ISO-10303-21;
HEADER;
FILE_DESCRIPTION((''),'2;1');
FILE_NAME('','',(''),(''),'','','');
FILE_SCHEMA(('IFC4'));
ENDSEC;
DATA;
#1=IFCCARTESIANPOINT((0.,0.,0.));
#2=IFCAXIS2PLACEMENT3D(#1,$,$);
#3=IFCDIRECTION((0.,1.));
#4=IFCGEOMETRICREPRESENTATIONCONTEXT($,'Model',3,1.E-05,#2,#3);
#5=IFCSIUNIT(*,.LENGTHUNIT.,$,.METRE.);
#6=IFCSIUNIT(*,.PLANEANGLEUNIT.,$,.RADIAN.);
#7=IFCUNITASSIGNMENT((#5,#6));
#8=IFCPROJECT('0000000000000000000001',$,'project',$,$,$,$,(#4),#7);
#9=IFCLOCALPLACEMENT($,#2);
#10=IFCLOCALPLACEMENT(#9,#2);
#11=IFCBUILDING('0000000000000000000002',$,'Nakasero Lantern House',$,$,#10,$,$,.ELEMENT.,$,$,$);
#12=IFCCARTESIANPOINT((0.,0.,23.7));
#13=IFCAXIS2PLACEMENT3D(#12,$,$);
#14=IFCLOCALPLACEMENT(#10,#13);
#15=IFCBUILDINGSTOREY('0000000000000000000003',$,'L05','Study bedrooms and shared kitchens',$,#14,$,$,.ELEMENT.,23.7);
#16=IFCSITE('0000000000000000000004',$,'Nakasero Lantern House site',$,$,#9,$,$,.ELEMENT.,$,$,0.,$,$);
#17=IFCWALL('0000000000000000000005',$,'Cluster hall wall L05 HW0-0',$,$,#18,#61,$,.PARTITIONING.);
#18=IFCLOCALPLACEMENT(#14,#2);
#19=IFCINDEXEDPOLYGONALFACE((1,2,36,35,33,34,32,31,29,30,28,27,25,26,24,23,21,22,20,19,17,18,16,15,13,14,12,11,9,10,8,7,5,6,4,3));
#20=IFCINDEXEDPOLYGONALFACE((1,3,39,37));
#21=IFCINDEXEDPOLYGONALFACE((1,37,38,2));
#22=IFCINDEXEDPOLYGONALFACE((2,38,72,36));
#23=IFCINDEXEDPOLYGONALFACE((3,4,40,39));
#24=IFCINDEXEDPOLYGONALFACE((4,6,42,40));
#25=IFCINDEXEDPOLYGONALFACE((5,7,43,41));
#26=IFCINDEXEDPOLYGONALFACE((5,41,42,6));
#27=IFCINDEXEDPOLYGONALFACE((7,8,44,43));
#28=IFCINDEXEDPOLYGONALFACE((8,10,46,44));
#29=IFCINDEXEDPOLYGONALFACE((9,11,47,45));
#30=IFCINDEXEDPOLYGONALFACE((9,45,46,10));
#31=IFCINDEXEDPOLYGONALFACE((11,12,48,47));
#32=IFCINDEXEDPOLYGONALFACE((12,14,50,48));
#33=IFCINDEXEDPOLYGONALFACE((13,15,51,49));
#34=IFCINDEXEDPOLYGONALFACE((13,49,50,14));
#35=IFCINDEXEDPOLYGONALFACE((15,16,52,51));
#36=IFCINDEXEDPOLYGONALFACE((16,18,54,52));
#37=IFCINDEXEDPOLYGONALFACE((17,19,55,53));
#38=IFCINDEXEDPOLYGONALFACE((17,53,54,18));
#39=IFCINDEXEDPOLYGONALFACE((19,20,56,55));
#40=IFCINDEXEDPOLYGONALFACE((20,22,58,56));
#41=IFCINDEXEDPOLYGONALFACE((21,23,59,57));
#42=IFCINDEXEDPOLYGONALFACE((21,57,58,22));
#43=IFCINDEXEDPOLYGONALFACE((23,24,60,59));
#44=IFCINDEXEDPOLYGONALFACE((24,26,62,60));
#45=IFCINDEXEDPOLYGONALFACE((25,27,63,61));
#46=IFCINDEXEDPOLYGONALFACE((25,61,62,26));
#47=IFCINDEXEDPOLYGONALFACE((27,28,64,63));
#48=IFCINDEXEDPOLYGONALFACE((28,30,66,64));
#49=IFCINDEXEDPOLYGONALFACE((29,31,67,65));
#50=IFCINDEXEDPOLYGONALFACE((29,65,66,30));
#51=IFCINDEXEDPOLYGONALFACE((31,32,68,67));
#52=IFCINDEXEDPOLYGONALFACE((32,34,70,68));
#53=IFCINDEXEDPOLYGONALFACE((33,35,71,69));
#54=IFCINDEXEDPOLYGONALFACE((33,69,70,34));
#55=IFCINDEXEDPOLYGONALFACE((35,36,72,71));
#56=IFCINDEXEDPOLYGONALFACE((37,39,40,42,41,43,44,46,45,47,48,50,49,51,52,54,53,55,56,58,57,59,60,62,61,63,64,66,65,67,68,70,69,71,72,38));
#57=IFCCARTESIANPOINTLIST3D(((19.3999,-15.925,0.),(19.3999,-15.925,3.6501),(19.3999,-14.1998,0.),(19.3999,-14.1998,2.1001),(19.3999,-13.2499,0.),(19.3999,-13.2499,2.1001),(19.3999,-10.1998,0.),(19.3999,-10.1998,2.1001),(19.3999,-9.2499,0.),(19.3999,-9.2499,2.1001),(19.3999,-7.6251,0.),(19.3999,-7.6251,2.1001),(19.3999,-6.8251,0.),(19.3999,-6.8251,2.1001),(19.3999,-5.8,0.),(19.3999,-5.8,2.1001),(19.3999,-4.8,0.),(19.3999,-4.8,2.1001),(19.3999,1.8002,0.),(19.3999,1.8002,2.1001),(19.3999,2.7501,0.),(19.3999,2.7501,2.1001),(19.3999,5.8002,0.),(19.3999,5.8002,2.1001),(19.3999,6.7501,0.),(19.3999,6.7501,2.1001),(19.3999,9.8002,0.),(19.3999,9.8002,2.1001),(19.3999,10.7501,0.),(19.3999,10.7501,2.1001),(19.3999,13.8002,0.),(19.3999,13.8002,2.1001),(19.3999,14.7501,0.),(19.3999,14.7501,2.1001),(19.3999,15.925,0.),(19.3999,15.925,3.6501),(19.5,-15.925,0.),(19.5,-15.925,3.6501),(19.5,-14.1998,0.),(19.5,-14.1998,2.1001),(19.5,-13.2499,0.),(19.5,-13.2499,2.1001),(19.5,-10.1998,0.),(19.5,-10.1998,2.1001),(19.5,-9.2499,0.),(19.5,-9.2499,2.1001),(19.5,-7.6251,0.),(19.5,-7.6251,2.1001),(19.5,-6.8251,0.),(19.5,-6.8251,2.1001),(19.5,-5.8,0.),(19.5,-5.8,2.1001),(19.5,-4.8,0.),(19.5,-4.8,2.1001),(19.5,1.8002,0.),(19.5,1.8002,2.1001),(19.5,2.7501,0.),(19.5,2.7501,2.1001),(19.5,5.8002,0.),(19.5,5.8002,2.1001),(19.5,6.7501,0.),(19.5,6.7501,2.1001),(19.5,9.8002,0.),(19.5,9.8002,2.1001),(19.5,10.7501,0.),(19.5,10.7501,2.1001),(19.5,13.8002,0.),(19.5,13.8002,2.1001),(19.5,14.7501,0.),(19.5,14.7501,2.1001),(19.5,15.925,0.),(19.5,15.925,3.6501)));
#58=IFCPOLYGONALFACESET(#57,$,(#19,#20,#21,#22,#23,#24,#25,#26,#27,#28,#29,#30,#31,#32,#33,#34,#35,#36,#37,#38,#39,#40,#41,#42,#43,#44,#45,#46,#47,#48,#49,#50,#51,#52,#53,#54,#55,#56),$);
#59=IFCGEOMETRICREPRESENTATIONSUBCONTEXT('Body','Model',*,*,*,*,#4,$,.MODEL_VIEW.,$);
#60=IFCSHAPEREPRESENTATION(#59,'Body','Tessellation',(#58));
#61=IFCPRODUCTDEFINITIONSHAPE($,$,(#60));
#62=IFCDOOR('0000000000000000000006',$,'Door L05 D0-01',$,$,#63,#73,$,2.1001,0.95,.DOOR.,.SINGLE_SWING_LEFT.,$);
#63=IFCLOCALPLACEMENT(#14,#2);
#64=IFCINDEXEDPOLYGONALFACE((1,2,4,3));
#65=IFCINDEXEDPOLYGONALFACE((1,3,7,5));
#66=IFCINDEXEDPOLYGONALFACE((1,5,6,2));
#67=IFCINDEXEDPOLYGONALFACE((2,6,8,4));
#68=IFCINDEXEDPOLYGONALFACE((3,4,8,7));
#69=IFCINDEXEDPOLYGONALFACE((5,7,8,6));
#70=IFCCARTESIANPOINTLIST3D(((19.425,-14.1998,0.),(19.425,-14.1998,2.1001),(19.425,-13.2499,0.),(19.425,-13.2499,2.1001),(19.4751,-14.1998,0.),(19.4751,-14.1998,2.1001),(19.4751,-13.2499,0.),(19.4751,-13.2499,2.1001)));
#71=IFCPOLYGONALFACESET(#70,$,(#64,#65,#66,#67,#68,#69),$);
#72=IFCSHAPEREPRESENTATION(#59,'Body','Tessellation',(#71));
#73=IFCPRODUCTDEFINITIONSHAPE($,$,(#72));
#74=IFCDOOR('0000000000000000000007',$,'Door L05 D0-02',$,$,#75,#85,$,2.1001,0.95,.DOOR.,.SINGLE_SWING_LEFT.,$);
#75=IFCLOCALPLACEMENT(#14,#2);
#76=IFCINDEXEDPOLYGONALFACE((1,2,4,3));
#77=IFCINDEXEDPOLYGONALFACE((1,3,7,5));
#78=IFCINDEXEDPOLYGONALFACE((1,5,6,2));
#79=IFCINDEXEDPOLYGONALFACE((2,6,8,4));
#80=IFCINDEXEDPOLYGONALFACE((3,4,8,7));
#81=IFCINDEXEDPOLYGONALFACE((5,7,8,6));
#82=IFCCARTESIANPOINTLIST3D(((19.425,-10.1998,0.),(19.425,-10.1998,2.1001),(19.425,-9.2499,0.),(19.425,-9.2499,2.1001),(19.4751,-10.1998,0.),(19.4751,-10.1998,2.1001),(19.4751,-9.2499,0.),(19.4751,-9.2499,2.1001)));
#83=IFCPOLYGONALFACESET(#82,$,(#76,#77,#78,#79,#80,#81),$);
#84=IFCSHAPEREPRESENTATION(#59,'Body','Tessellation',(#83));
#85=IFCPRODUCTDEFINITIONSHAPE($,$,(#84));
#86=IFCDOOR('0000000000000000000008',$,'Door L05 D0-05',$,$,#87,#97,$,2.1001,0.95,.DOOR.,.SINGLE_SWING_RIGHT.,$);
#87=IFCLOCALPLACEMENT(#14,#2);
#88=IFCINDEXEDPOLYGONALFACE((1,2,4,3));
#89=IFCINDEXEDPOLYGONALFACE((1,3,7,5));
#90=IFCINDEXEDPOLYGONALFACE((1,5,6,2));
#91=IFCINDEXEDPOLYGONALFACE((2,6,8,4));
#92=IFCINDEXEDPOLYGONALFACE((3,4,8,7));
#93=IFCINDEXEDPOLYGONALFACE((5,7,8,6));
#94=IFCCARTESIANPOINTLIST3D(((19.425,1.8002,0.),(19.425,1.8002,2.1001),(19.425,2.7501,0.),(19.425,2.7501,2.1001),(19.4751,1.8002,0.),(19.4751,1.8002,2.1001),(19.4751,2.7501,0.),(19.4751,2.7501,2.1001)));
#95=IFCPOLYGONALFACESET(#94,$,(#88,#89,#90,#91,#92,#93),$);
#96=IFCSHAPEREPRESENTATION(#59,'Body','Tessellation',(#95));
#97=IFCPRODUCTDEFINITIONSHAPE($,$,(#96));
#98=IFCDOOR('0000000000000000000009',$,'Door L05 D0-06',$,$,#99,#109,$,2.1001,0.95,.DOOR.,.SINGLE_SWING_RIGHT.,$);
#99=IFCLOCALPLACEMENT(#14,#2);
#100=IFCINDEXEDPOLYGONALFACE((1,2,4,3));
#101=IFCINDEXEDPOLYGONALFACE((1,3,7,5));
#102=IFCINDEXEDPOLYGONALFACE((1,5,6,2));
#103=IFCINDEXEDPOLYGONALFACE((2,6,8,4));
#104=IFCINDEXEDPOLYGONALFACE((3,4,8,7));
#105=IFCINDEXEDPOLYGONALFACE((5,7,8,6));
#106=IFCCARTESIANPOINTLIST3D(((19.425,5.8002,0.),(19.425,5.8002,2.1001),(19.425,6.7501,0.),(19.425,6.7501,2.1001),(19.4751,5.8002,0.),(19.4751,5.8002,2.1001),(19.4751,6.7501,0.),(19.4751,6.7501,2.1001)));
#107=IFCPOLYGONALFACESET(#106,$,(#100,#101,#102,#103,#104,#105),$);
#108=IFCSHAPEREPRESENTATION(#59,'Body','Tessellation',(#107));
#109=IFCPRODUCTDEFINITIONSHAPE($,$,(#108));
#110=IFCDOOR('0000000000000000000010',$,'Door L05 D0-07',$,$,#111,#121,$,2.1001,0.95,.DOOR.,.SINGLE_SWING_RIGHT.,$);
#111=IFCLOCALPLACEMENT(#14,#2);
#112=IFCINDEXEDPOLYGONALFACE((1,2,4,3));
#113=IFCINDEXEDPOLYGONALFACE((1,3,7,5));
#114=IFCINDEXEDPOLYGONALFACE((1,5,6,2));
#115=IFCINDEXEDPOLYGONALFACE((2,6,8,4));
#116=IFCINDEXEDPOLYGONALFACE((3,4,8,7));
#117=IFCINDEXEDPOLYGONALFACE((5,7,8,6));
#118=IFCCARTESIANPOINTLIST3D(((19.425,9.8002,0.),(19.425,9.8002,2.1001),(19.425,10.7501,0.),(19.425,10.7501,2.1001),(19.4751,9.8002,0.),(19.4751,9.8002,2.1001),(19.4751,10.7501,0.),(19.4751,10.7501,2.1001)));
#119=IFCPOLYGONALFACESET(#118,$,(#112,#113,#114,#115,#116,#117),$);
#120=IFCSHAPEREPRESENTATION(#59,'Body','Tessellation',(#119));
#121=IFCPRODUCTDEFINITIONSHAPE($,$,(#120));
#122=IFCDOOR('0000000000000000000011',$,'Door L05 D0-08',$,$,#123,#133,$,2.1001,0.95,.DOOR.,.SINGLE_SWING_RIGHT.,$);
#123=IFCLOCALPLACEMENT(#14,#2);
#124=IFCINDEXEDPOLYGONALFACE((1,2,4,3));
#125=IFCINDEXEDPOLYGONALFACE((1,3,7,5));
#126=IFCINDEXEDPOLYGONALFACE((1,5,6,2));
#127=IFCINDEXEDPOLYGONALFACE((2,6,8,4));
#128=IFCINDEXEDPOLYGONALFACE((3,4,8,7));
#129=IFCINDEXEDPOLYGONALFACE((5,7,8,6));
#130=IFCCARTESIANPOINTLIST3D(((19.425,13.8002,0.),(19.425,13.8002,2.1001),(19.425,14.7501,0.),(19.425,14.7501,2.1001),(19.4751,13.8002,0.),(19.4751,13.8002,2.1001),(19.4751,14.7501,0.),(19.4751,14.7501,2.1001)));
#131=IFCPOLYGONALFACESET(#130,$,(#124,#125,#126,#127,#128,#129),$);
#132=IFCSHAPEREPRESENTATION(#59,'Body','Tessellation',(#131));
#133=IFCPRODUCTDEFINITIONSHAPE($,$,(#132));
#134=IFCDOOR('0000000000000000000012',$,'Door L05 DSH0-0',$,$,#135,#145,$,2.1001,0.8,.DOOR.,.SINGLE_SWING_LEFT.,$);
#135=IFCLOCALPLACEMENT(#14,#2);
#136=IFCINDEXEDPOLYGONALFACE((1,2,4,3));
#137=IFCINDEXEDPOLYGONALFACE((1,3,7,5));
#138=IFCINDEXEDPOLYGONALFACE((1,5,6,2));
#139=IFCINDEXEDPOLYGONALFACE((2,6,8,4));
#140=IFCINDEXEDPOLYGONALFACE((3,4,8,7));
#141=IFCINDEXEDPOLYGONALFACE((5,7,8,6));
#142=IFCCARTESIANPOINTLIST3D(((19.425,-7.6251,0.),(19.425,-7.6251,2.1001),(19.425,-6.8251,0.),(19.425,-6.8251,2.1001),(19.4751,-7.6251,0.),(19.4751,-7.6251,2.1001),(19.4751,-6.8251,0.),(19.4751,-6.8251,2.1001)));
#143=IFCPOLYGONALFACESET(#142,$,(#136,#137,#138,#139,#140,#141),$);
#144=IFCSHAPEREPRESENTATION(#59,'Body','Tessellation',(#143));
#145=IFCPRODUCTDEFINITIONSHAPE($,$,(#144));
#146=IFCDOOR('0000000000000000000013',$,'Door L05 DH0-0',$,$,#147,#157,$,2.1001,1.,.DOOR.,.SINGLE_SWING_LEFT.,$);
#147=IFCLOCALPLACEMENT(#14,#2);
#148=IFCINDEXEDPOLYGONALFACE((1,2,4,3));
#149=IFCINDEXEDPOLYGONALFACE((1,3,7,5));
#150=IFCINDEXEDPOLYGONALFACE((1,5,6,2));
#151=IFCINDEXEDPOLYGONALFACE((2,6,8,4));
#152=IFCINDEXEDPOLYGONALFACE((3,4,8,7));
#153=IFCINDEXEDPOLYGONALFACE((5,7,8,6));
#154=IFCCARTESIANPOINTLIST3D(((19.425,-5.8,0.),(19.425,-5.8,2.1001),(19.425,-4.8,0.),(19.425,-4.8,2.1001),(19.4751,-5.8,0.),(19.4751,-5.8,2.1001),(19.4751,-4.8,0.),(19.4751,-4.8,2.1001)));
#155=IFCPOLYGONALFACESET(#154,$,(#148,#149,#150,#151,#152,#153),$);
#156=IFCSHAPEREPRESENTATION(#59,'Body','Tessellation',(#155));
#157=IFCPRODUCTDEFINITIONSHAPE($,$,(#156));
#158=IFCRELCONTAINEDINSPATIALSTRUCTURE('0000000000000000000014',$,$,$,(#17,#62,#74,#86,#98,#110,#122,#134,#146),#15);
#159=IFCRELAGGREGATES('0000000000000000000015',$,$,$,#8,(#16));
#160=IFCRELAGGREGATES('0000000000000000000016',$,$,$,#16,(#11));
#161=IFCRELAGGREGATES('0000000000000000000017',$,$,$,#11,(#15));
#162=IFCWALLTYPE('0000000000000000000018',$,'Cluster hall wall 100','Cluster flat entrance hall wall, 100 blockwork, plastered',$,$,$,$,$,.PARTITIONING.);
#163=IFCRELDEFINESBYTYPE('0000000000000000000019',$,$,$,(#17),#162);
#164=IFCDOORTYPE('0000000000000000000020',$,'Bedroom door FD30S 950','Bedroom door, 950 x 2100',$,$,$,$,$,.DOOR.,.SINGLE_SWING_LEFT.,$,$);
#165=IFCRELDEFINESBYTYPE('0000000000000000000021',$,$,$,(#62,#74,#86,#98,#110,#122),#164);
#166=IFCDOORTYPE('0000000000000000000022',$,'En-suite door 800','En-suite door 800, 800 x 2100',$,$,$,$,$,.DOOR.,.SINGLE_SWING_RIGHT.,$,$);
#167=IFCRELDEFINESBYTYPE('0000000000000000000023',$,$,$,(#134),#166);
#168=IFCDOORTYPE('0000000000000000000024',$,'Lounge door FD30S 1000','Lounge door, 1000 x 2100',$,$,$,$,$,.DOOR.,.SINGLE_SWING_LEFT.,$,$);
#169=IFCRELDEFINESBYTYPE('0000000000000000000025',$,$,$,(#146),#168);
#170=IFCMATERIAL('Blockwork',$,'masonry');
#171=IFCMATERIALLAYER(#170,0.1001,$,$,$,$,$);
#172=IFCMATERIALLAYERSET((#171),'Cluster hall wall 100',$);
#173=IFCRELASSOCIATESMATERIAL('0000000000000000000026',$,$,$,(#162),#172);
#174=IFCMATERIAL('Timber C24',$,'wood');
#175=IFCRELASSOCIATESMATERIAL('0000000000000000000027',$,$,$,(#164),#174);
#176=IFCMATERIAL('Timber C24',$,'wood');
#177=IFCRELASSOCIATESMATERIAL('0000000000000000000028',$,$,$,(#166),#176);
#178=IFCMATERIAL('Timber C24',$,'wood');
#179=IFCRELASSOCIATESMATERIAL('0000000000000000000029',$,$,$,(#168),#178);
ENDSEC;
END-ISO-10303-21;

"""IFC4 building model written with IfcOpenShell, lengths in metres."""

from ifc_helpers import new_model, si_unit, direction, frame, frame_2d, origin, place, context, subcontext, project, spatial, rectangle, extrude, material, layer, layer_set, type_object, element, fill, save


model = new_model("IFC4")

# Units and contexts
model_context = context("Model", 3, precision=1e-05, world=origin(), true_north=direction((0.0, 1.0)))
body_context = subcontext(model_context, "Body", "Model", "MODEL_VIEW")
ifc_project = project(units=[si_unit("LENGTHUNIT", "METRE"), si_unit("PLANEANGLEUNIT", "RADIAN")], contexts=[model_context])

# Site, building, storey
site_placement = place(None, origin())
site = spatial("IfcSite", under=ifc_project, at=site_placement, Name="Nakasero Lantern House site", CompositionType="ELEMENT", RefElevation=0.0)
building_placement = place(site_placement, origin())
building = spatial("IfcBuilding", under=site, at=building_placement, Name="Nakasero Lantern House", CompositionType="ELEMENT")
storey_placement = place(building_placement, frame((0.0, 0.0, 23.7)))
storey = spatial("IfcBuildingStorey", under=building, at=storey_placement, Name="L05", Description="Study bedrooms and shared kitchens", CompositionType="ELEMENT", Elevation=23.7)

# Wall, openings, doors
ifc_material_1 = material(Name="Blockwork", Category="masonry")
ifc_layer_1 = layer(ifc_material_1, 0.1001)
ifc_layer_set_1 = layer_set([ifc_layer_1], Name="Cluster hall wall 100")
wall_type_1 = type_object("IfcWallType", Name="Cluster hall wall 100", Description="Cluster flat entrance hall wall, 100 blockwork, plastered", PredefinedType="PARTITIONING", material=ifc_layer_set_1)
wall_1_placement = place(storey_placement, frame((19.45, -15.925, 0.0), z_axis=(0.0, 0.0, 1.0), x_axis=(0.0, 1.0, 0.0)))
wall_1 = element("IfcWall", 1, at=wall_1_placement, inside=storey, type_object=wall_type_1, Name="Cluster hall wall L05 HW0-0", PredefinedType="PARTITIONING", context=body_context, shape_type="SweptSolid", body=[
    extrude(rectangle(XDim=31.8501, YDim=0.1001, at=frame_2d((15.925, 0.0))), origin(), (0.0, 0.0, 1.0), 3.6501),
])
opening_1_placement = place(wall_1_placement, frame((10.125, 0.0, 0.0)))
opening_1 = element("IfcOpeningElement", 2, at=opening_1_placement, cuts=wall_1, PredefinedType="OPENING", context=body_context, shape_type="SweptSolid", body=[
    extrude(rectangle(XDim=1.0, YDim=2.1001, at=frame_2d((0.5, 1.05))), frame((0.0, 0.0701, 0.0), z_axis=(0.0, -1.0, 0.0), x_axis=(1.0, 0.0, 0.0)), (0.0, 0.0, 1.0), 0.1401),
])
opening_2_placement = place(wall_1_placement, frame((8.3, 0.0, 0.0)))
opening_2 = element("IfcOpeningElement", 3, at=opening_2_placement, cuts=wall_1, PredefinedType="OPENING", context=body_context, shape_type="SweptSolid", body=[
    extrude(rectangle(XDim=0.8, YDim=2.1001, at=frame_2d((0.3999, 1.05))), frame((0.0, 0.0701, 0.0), z_axis=(0.0, -1.0, 0.0), x_axis=(1.0, 0.0, 0.0)), (0.0, 0.0, 1.0), 0.1401),
])
opening_3_placement = place(wall_1_placement, frame((1.7251, 0.0, 0.0)))
opening_3 = element("IfcOpeningElement", 4, at=opening_3_placement, cuts=wall_1, PredefinedType="OPENING", context=body_context, shape_type="SweptSolid", body=[
    extrude(rectangle(XDim=0.95, YDim=2.1001, at=frame_2d((0.4751, 1.05))), frame((0.0, 0.0701, 0.0), z_axis=(0.0, -1.0, 0.0), x_axis=(1.0, 0.0, 0.0)), (0.0, 0.0, 1.0), 0.1401),
])
opening_4_placement = place(wall_1_placement, frame((5.7251, 0.0, 0.0)))
opening_4 = element("IfcOpeningElement", 5, at=opening_4_placement, cuts=wall_1, PredefinedType="OPENING", context=body_context, shape_type="SweptSolid", body=[
    extrude(rectangle(XDim=0.95, YDim=2.1001, at=frame_2d((0.4751, 1.05))), frame((0.0, 0.0701, 0.0), z_axis=(0.0, -1.0, 0.0), x_axis=(1.0, 0.0, 0.0)), (0.0, 0.0, 1.0), 0.1401),
])
opening_5_placement = place(wall_1_placement, frame((17.7251, 0.0, 0.0)))
opening_5 = element("IfcOpeningElement", 6, at=opening_5_placement, cuts=wall_1, PredefinedType="OPENING", context=body_context, shape_type="SweptSolid", body=[
    extrude(rectangle(XDim=0.95, YDim=2.1001, at=frame_2d((0.4751, 1.05))), frame((0.0, 0.0701, 0.0), z_axis=(0.0, -1.0, 0.0), x_axis=(1.0, 0.0, 0.0)), (0.0, 0.0, 1.0), 0.1401),
])
opening_6_placement = place(wall_1_placement, frame((21.7251, 0.0, 0.0)))
opening_6 = element("IfcOpeningElement", 7, at=opening_6_placement, cuts=wall_1, PredefinedType="OPENING", context=body_context, shape_type="SweptSolid", body=[
    extrude(rectangle(XDim=0.95, YDim=2.1001, at=frame_2d((0.4751, 1.05))), frame((0.0, 0.0701, 0.0), z_axis=(0.0, -1.0, 0.0), x_axis=(1.0, 0.0, 0.0)), (0.0, 0.0, 1.0), 0.1401),
])
opening_7_placement = place(wall_1_placement, frame((25.7251, 0.0, 0.0)))
opening_7 = element("IfcOpeningElement", 8, at=opening_7_placement, cuts=wall_1, PredefinedType="OPENING", context=body_context, shape_type="SweptSolid", body=[
    extrude(rectangle(XDim=0.95, YDim=2.1001, at=frame_2d((0.4751, 1.05))), frame((0.0, 0.0701, 0.0), z_axis=(0.0, -1.0, 0.0), x_axis=(1.0, 0.0, 0.0)), (0.0, 0.0, 1.0), 0.1401),
])
opening_8_placement = place(wall_1_placement, frame((29.7251, 0.0, 0.0)))
opening_8 = element("IfcOpeningElement", 9, at=opening_8_placement, cuts=wall_1, PredefinedType="OPENING", context=body_context, shape_type="SweptSolid", body=[
    extrude(rectangle(XDim=0.95, YDim=2.1001, at=frame_2d((0.4751, 1.05))), frame((0.0, 0.0701, 0.0), z_axis=(0.0, -1.0, 0.0), x_axis=(1.0, 0.0, 0.0)), (0.0, 0.0, 1.0), 0.1401),
])
ifc_material_2 = material(Name="Timber C24", Category="wood")
door_type_1 = type_object("IfcDoorType", Name="Bedroom door FD30S 950", Description="Bedroom door, 950 x 2100", OperationType="SINGLE_SWING_LEFT", PredefinedType="DOOR", material=ifc_material_2)
door_1_placement = place(opening_3_placement, origin())
door_1 = element("IfcDoor", 10, at=door_1_placement, inside=storey, type_object=door_type_1, Name="Door L05 D0-01", OperationType="SINGLE_SWING_LEFT", OverallHeight=2.1001, OverallWidth=0.95, PredefinedType="DOOR", context=body_context, shape_type="SweptSolid", body=[
    extrude(rectangle(XDim=0.95, YDim=2.1001, at=frame_2d((0.4751, 1.05))), frame((0.0, 0.0249, 0.0), z_axis=(0.0, -1.0, 0.0), x_axis=(1.0, 0.0, 0.0)), (0.0, 0.0, 1.0), 0.05),
])
fill(opening_3, door_1)
door_2_placement = place(opening_4_placement, origin())
door_2 = element("IfcDoor", 11, at=door_2_placement, inside=storey, type_object=door_type_1, Name="Door L05 D0-02", OperationType="SINGLE_SWING_LEFT", OverallHeight=2.1001, OverallWidth=0.95, PredefinedType="DOOR", context=body_context, shape_type="SweptSolid", body=[
    extrude(rectangle(XDim=0.95, YDim=2.1001, at=frame_2d((0.4751, 1.05))), frame((0.0, 0.0249, 0.0), z_axis=(0.0, -1.0, 0.0), x_axis=(1.0, 0.0, 0.0)), (0.0, 0.0, 1.0), 0.05),
])
fill(opening_4, door_2)
door_3_placement = place(opening_5_placement, origin())
door_3 = element("IfcDoor", 12, at=door_3_placement, inside=storey, type_object=door_type_1, Name="Door L05 D0-05", OperationType="SINGLE_SWING_RIGHT", OverallHeight=2.1001, OverallWidth=0.95, PredefinedType="DOOR", context=body_context, shape_type="SweptSolid", body=[
    extrude(rectangle(XDim=0.95, YDim=2.1001, at=frame_2d((0.4751, 1.05))), frame((0.0, 0.0249, 0.0), z_axis=(0.0, -1.0, 0.0), x_axis=(1.0, 0.0, 0.0)), (0.0, 0.0, 1.0), 0.05),
])
fill(opening_5, door_3)
door_4_placement = place(opening_6_placement, origin())
door_4 = element("IfcDoor", 13, at=door_4_placement, inside=storey, type_object=door_type_1, Name="Door L05 D0-06", OperationType="SINGLE_SWING_RIGHT", OverallHeight=2.1001, OverallWidth=0.95, PredefinedType="DOOR", context=body_context, shape_type="SweptSolid", body=[
    extrude(rectangle(XDim=0.95, YDim=2.1001, at=frame_2d((0.4751, 1.05))), frame((0.0, 0.0249, 0.0), z_axis=(0.0, -1.0, 0.0), x_axis=(1.0, 0.0, 0.0)), (0.0, 0.0, 1.0), 0.05),
])
fill(opening_6, door_4)
door_5_placement = place(opening_7_placement, origin())
door_5 = element("IfcDoor", 14, at=door_5_placement, inside=storey, type_object=door_type_1, Name="Door L05 D0-07", OperationType="SINGLE_SWING_RIGHT", OverallHeight=2.1001, OverallWidth=0.95, PredefinedType="DOOR", context=body_context, shape_type="SweptSolid", body=[
    extrude(rectangle(XDim=0.95, YDim=2.1001, at=frame_2d((0.4751, 1.05))), frame((0.0, 0.0249, 0.0), z_axis=(0.0, -1.0, 0.0), x_axis=(1.0, 0.0, 0.0)), (0.0, 0.0, 1.0), 0.05),
])
fill(opening_7, door_5)
door_6_placement = place(opening_8_placement, origin())
door_6 = element("IfcDoor", 15, at=door_6_placement, inside=storey, type_object=door_type_1, Name="Door L05 D0-08", OperationType="SINGLE_SWING_RIGHT", OverallHeight=2.1001, OverallWidth=0.95, PredefinedType="DOOR", context=body_context, shape_type="SweptSolid", body=[
    extrude(rectangle(XDim=0.95, YDim=2.1001, at=frame_2d((0.4751, 1.05))), frame((0.0, 0.0249, 0.0), z_axis=(0.0, -1.0, 0.0), x_axis=(1.0, 0.0, 0.0)), (0.0, 0.0, 1.0), 0.05),
])
fill(opening_8, door_6)
ifc_material_3 = material(Name="Timber C24", Category="wood")
door_type_2 = type_object("IfcDoorType", Name="En-suite door 800", Description="En-suite door 800, 800 x 2100", OperationType="SINGLE_SWING_RIGHT", PredefinedType="DOOR", material=ifc_material_3)
door_7_placement = place(opening_2_placement, origin())
door_7 = element("IfcDoor", 16, at=door_7_placement, inside=storey, type_object=door_type_2, Name="Door L05 DSH0-0", OperationType="SINGLE_SWING_LEFT", OverallHeight=2.1001, OverallWidth=0.8, PredefinedType="DOOR", context=body_context, shape_type="SweptSolid", body=[
    extrude(rectangle(XDim=0.8, YDim=2.1001, at=frame_2d((0.3999, 1.05))), frame((0.0, 0.0249, 0.0), z_axis=(0.0, -1.0, 0.0), x_axis=(1.0, 0.0, 0.0)), (0.0, 0.0, 1.0), 0.05),
])
fill(opening_2, door_7)
ifc_material_4 = material(Name="Timber C24", Category="wood")
door_type_3 = type_object("IfcDoorType", Name="Lounge door FD30S 1000", Description="Lounge door, 1000 x 2100", OperationType="SINGLE_SWING_LEFT", PredefinedType="DOOR", material=ifc_material_4)
door_8_placement = place(opening_1_placement, origin())
door_8 = element("IfcDoor", 17, at=door_8_placement, inside=storey, type_object=door_type_3, Name="Door L05 DH0-0", OperationType="SINGLE_SWING_LEFT", OverallHeight=2.1001, OverallWidth=1.0, PredefinedType="DOOR", context=body_context, shape_type="SweptSolid", body=[
    extrude(rectangle(XDim=1.0, YDim=2.1001, at=frame_2d((0.5, 1.05))), frame((0.0, 0.0249, 0.0), z_axis=(0.0, -1.0, 0.0), x_axis=(1.0, 0.0, 0.0)), (0.0, 0.0, 1.0), 0.05),
])
fill(opening_1, door_8)

save(model, "model.ifc")
